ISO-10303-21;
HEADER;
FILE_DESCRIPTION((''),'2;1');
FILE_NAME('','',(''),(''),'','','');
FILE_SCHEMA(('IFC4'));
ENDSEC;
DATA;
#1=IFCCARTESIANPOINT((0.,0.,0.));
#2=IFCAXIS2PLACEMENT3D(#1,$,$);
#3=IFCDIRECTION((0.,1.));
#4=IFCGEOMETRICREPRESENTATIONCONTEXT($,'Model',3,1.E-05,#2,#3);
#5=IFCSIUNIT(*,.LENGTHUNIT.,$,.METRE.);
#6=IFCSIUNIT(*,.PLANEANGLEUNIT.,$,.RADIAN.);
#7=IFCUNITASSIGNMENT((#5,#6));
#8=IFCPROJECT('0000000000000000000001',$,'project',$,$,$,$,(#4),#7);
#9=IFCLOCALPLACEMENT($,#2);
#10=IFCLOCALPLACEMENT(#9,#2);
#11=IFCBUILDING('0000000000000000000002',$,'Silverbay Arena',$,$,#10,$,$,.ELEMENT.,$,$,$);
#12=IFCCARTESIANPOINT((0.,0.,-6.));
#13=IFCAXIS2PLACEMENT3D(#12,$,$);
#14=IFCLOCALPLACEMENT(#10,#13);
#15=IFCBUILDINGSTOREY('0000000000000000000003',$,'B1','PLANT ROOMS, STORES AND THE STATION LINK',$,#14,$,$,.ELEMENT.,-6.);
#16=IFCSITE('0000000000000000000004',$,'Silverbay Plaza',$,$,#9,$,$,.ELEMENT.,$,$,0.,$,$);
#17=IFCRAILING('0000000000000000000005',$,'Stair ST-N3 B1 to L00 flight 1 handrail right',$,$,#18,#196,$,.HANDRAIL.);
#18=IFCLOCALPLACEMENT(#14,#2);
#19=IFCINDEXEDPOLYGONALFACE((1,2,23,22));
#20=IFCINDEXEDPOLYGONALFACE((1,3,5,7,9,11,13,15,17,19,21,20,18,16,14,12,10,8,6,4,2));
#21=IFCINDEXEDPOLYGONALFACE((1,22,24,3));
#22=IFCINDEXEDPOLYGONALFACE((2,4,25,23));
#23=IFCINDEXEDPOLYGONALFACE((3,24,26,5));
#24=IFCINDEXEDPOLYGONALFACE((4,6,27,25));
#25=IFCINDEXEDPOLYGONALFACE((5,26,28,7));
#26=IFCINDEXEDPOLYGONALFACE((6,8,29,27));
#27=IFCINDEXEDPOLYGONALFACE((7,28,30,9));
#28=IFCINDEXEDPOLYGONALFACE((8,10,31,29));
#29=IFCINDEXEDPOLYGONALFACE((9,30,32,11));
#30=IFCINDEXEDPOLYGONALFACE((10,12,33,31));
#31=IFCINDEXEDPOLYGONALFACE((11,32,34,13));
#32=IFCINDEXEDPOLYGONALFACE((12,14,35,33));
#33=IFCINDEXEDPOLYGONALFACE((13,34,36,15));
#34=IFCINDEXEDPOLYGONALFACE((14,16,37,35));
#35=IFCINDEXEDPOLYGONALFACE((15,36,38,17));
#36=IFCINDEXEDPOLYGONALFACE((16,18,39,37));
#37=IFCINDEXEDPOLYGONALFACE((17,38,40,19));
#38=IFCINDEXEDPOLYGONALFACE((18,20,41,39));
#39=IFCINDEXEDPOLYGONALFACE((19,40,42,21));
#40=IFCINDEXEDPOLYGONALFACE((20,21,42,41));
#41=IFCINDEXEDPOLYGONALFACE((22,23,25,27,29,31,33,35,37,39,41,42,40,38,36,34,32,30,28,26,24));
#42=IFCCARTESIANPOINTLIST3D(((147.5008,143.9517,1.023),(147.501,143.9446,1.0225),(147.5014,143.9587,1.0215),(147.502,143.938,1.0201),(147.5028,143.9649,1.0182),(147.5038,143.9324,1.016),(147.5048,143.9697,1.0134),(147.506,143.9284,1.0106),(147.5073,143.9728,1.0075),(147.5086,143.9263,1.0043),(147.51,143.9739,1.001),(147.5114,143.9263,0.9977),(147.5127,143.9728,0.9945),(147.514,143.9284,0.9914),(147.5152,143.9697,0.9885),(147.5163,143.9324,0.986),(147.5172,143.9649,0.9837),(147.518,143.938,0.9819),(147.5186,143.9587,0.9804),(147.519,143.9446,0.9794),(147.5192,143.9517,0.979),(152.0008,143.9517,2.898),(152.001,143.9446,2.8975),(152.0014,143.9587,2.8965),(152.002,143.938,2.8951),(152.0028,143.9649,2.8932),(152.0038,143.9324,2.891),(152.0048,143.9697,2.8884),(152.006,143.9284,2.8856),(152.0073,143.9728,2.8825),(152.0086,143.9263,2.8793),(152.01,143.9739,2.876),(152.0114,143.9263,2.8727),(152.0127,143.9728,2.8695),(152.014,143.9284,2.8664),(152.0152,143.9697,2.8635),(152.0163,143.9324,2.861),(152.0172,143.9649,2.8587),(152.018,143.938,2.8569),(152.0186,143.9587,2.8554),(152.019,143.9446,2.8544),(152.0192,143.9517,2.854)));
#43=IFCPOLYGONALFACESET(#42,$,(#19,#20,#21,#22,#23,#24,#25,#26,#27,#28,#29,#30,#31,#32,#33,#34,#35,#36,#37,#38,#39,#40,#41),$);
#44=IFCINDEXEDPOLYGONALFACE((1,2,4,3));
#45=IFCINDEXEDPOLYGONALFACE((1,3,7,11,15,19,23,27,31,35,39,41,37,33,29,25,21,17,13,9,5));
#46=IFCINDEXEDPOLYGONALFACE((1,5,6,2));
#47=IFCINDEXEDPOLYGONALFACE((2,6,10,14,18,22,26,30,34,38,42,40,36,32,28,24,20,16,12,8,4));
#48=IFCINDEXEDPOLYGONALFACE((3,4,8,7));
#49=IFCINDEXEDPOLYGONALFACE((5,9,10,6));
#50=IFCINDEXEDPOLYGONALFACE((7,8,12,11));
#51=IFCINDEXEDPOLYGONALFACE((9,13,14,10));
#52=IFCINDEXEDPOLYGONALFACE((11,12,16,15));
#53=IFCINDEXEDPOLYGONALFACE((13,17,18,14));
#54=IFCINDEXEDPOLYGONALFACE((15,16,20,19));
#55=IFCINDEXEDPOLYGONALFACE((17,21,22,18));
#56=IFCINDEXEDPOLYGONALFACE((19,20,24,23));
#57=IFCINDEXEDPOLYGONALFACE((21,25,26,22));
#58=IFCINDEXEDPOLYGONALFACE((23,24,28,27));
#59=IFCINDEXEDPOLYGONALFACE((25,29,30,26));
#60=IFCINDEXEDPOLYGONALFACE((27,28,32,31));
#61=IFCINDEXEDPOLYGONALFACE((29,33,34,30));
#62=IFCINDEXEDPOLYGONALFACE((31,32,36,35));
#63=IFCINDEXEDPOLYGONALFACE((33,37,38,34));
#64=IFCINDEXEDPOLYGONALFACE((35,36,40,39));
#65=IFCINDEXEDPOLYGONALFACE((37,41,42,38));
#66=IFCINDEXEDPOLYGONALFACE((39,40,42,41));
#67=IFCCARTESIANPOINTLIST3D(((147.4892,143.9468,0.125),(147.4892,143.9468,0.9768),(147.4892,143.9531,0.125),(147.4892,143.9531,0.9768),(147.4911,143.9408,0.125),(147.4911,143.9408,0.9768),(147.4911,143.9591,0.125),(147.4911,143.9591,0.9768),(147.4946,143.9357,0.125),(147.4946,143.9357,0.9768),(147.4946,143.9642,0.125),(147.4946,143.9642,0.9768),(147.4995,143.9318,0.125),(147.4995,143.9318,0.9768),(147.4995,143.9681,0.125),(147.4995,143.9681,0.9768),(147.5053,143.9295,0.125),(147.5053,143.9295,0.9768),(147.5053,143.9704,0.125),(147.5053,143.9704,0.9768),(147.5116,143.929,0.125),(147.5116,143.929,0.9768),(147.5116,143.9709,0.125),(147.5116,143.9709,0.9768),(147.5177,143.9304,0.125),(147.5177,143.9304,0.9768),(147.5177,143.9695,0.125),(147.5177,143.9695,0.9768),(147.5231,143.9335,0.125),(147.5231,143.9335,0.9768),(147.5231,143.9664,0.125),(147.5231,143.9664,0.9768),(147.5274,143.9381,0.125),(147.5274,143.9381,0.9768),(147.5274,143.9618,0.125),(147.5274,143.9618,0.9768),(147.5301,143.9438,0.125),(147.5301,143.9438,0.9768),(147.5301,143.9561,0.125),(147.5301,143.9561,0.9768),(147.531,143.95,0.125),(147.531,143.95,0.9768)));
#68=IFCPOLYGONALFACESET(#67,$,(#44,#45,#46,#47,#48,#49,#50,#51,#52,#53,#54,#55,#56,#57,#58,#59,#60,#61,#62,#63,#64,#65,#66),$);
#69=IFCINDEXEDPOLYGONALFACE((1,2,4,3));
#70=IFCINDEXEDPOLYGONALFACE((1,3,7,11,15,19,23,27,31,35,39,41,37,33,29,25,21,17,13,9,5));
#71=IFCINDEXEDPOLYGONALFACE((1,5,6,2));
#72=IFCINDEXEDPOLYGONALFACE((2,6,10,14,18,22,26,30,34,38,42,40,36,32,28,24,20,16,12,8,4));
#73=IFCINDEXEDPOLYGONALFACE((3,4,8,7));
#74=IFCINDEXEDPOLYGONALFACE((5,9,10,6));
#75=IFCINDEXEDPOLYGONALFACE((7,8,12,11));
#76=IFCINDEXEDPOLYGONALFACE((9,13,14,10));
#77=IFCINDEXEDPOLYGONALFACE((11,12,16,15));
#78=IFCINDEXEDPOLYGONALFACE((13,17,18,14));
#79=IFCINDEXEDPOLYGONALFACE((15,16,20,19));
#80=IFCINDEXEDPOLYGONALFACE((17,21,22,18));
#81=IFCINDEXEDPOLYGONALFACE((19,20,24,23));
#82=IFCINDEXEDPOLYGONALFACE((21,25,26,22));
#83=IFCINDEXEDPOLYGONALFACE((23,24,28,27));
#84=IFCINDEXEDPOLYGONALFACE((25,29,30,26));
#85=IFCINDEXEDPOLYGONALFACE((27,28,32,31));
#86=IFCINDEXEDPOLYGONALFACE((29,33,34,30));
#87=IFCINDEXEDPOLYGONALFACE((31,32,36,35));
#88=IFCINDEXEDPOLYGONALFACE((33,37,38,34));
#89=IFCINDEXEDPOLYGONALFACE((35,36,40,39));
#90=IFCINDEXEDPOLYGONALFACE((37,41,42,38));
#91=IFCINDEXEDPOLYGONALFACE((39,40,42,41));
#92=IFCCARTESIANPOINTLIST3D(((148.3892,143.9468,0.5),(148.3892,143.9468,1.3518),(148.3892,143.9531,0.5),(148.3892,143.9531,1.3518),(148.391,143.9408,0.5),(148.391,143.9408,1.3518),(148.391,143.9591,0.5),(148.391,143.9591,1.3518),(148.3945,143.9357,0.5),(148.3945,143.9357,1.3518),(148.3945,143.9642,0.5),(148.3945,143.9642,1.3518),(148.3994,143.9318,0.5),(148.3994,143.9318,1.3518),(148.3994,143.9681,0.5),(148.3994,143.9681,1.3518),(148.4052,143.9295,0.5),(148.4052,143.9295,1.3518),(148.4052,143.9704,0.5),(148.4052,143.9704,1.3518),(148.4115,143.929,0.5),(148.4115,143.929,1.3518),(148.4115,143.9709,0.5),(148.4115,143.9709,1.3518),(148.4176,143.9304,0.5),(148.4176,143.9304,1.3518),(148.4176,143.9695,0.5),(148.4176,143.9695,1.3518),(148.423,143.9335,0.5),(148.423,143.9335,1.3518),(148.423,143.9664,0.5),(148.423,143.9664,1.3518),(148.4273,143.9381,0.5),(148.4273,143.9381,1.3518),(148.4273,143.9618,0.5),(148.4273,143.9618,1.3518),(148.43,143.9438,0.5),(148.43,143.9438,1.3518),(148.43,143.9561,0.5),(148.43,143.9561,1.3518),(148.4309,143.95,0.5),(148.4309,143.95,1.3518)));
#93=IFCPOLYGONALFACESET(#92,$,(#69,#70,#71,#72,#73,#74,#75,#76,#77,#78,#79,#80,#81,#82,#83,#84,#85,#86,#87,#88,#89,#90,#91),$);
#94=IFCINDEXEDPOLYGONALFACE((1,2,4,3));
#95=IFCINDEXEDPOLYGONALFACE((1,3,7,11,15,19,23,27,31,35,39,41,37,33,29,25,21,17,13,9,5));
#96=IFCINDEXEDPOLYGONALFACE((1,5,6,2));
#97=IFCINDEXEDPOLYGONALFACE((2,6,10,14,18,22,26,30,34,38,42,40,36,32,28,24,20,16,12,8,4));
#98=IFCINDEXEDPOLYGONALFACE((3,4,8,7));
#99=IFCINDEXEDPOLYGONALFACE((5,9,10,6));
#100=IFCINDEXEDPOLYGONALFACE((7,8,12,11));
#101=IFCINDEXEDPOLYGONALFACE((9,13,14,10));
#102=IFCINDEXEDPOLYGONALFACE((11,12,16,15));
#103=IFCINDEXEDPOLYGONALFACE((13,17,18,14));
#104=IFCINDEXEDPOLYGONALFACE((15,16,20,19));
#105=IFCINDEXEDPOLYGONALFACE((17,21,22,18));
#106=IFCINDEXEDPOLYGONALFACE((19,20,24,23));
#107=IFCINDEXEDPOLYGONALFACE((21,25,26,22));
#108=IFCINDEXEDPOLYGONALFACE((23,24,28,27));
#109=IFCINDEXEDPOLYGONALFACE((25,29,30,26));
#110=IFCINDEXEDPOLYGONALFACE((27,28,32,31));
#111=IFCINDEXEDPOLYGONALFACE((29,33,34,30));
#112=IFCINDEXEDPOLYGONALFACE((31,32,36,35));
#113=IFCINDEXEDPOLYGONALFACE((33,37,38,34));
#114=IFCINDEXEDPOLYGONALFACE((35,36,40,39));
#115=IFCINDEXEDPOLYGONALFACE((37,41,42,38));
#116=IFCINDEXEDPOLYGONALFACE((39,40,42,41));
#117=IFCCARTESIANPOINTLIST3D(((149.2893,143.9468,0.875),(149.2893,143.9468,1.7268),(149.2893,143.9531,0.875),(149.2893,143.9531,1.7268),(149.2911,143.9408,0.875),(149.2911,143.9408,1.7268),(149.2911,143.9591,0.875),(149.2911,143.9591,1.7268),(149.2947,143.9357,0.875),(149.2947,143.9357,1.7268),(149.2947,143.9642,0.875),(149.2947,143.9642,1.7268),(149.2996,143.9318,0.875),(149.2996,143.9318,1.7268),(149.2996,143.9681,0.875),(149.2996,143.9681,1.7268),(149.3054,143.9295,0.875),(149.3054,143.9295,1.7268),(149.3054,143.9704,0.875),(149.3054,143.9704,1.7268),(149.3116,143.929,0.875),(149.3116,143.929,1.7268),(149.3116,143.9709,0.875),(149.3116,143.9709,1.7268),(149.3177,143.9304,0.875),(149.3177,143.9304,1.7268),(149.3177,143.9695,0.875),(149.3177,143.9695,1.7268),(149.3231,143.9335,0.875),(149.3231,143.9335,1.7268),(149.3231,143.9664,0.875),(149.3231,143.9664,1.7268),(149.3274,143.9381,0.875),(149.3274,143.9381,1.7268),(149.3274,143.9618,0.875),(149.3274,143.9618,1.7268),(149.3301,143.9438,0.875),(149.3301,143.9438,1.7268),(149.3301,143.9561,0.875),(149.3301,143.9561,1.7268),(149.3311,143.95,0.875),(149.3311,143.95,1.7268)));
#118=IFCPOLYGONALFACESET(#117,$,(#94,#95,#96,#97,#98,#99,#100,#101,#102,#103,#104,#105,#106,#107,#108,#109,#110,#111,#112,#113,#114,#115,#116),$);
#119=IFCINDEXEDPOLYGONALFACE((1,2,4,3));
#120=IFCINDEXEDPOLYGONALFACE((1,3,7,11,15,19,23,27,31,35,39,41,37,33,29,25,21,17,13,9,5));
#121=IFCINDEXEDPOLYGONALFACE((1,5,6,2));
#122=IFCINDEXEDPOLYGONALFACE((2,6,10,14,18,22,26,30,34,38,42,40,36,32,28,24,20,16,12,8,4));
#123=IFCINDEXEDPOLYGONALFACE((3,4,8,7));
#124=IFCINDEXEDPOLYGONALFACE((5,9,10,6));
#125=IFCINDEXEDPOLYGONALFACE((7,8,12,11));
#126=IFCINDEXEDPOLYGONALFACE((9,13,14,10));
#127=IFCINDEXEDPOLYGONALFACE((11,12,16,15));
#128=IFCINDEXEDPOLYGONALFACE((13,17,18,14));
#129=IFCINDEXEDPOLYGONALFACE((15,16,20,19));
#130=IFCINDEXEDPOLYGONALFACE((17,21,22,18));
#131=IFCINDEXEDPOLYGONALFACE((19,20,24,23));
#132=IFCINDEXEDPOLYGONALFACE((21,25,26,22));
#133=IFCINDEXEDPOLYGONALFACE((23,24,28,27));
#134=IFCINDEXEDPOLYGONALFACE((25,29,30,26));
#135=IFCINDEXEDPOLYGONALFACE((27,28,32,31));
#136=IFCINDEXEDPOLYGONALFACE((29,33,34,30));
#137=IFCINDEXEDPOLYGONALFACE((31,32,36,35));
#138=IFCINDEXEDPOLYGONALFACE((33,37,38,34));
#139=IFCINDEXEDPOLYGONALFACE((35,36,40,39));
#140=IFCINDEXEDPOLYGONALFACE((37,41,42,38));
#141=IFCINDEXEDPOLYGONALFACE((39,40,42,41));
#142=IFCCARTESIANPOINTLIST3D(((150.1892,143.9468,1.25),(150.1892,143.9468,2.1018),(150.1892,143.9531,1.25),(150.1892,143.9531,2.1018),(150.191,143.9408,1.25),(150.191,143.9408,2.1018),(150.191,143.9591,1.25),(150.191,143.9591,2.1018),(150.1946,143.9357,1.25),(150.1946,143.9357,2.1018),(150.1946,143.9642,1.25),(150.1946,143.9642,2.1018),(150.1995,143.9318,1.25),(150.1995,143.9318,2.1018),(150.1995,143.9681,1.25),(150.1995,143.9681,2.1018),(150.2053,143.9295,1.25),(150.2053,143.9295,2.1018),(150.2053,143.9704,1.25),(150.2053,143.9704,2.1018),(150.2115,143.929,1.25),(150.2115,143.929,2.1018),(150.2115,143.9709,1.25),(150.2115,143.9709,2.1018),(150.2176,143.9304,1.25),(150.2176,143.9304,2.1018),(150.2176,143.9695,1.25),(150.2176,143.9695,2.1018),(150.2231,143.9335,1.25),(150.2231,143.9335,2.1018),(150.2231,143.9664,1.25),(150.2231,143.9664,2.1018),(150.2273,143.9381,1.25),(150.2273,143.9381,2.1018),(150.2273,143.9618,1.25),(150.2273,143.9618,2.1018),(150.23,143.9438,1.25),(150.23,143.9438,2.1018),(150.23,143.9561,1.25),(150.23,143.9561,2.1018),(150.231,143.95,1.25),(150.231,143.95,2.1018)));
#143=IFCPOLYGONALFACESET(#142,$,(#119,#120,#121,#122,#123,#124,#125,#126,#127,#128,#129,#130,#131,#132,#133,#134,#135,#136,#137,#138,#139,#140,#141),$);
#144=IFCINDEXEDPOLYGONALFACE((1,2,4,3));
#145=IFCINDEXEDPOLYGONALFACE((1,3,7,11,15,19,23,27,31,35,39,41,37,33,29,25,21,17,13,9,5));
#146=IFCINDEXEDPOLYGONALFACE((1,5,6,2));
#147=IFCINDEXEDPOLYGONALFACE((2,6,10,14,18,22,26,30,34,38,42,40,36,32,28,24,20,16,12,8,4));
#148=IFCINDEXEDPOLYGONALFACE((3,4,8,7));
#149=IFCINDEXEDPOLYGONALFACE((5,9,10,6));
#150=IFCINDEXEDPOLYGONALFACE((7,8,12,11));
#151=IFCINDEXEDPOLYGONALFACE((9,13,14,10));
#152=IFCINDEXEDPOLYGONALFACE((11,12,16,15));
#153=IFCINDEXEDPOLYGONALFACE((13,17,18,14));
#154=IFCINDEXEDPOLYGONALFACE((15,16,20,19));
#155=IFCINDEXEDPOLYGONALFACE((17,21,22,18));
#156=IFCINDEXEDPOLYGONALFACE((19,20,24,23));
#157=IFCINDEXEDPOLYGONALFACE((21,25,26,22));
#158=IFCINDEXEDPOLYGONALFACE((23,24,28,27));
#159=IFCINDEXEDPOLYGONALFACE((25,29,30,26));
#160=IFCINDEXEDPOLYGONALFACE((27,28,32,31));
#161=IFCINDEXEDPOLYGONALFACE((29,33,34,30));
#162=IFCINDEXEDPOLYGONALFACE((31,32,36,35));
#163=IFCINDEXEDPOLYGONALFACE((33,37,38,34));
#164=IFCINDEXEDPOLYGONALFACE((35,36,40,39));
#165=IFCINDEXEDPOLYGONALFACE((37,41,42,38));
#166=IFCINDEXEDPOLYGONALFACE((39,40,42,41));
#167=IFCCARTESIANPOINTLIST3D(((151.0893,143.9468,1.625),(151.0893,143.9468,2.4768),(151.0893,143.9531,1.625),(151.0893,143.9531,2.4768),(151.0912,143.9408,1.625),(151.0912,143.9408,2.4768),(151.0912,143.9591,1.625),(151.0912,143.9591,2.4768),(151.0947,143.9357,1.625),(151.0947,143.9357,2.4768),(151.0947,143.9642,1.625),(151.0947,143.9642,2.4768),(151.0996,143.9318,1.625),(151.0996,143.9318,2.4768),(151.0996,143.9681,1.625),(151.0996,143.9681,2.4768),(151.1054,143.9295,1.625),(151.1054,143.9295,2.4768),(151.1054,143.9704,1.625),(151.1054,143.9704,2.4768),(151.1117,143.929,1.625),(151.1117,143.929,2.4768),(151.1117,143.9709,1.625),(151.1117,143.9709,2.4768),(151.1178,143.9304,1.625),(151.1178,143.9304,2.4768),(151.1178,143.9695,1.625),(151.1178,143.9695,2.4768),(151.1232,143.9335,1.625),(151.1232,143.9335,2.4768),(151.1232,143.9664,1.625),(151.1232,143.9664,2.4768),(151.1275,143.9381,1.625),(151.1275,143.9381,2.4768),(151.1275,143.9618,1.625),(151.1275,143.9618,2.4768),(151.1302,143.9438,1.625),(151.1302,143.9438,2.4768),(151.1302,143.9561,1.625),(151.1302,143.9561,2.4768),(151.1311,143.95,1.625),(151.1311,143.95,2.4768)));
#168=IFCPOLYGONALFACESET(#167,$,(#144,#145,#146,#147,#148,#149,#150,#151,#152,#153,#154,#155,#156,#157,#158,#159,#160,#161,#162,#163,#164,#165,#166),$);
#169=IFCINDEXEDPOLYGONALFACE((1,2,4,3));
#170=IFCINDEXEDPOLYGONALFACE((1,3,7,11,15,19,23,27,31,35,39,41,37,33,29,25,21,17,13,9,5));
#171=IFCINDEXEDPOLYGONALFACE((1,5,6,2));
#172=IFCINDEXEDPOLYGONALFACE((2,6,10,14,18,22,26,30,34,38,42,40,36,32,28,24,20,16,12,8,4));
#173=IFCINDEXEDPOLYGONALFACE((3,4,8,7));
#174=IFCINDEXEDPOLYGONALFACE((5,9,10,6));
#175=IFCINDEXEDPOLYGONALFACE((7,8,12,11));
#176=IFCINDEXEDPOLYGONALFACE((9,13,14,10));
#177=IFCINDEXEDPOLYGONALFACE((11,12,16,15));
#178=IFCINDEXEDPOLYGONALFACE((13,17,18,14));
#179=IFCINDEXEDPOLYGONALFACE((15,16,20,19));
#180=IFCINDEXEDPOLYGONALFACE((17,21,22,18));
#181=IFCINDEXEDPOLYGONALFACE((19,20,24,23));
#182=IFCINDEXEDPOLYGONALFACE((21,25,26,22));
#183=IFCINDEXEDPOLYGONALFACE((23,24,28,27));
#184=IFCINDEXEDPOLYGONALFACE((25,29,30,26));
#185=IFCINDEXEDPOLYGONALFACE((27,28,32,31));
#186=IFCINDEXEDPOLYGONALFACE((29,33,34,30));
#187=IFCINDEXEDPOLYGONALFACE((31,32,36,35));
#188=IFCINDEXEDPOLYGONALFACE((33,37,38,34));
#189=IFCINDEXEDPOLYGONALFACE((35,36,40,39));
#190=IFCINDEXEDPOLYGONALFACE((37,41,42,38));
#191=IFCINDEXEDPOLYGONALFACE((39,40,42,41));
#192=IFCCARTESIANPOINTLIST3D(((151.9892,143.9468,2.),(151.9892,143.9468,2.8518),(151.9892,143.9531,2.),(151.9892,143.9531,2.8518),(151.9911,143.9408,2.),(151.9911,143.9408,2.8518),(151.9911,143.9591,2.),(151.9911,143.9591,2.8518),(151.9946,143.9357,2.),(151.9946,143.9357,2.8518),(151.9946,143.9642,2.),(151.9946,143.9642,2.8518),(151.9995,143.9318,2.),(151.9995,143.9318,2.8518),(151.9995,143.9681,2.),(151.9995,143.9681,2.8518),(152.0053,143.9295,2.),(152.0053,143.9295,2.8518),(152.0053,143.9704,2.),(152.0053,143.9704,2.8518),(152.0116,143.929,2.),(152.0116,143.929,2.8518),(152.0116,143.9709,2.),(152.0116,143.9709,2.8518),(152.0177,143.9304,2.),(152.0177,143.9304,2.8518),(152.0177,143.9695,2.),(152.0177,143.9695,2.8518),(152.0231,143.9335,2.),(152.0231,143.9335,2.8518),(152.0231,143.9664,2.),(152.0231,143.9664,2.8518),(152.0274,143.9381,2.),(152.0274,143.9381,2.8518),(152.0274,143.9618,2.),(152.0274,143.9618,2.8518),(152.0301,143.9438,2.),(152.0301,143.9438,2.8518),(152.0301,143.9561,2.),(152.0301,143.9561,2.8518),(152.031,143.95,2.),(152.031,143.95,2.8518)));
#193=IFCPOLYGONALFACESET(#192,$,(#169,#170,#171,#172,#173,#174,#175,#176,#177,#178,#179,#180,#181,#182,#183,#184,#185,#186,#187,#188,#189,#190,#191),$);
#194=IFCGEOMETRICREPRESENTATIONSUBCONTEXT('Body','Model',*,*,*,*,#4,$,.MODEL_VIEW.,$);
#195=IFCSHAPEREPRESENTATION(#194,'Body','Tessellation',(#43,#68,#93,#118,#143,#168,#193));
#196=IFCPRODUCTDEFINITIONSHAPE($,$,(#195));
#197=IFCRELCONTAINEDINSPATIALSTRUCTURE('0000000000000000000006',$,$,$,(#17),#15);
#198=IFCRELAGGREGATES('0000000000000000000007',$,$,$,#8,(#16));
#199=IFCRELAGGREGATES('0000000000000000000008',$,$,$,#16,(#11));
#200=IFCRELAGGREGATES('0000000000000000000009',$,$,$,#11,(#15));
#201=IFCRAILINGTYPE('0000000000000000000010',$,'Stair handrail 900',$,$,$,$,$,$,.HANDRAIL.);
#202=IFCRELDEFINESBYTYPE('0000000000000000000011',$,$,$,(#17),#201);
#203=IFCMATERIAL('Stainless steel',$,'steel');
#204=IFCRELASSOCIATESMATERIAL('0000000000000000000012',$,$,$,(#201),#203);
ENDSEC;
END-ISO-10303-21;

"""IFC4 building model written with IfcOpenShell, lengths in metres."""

from ifc_helpers import new_model, si_unit, direction, frame, origin, origin_2d, place, context, subcontext, project, spatial, circle, extrude, material, type_object, element, save


model = new_model("IFC4")

# Units and contexts
model_context = context("Model", 3, precision=1e-05, world=origin(), true_north=direction((0.0, 1.0)))
body_context = subcontext(model_context, "Body", "Model", "MODEL_VIEW")
ifc_project = project(units=[si_unit("LENGTHUNIT", "METRE"), si_unit("PLANEANGLEUNIT", "RADIAN")], contexts=[model_context])

# Site, building, storey
site_placement = place(None, origin())
site = spatial("IfcSite", under=ifc_project, at=site_placement, Name="Silverbay Plaza", CompositionType="ELEMENT", RefElevation=0.0)
building_placement = place(site_placement, origin())
building = spatial("IfcBuilding", under=site, at=building_placement, Name="Silverbay Arena", CompositionType="ELEMENT")
storey_placement = place(building_placement, frame((0.0, 0.0, -6.0)))
storey = spatial("IfcBuildingStorey", under=building, at=storey_placement, Name="B1", Description="PLANT ROOMS, STORES AND THE STATION LINK", CompositionType="ELEMENT", Elevation=-6.0)

# Railing
ifc_material_1 = material(Name="Stainless steel", Category="steel")
railing_type_1 = type_object("IfcRailingType", Name="Stair handrail 900", PredefinedType="HANDRAIL", material=ifc_material_1)
for number, where, name in (
    (1, (147.51, 143.95, 0.125), "Stair ST-N3 B1 to L00 flight 1 handrail right"),
):
    element("IfcRailing", number, at=place(storey_placement, frame(where)), inside=storey, type_object=railing_type_1, Name=name, PredefinedType="HANDRAIL", context=body_context, shape_type="SweptSolid", body=[
        extrude(circle(Radius=0.0239, at=origin_2d()), frame((0.0, 0.0, 0.876), z_axis=(0.923077, 0.0, 0.384615), x_axis=(0.0, 1.0, 0.0)), (0.0, 0.0, 1.0), 4.875),
        extrude(circle(Radius=0.021, at=origin_2d()), origin(), (0.0, 0.0, 1.0), 0.8518),
        extrude(circle(Radius=0.021, at=origin_2d()), frame((0.8999, 0.0, 0.375)), (0.0, 0.0, 1.0), 0.8518),
        extrude(circle(Radius=0.021, at=origin_2d()), frame((1.8, 0.0, 0.75)), (0.0, 0.0, 1.0), 0.8518),
        extrude(circle(Radius=0.021, at=origin_2d()), frame((2.7, 0.0, 1.125)), (0.0, 0.0, 1.0), 0.8518),
        extrude(circle(Radius=0.021, at=origin_2d()), frame((3.6001, 0.0, 1.5)), (0.0, 0.0, 1.0), 0.8518),
        extrude(circle(Radius=0.021, at=origin_2d()), frame((4.5, 0.0, 1.875)), (0.0, 0.0, 1.0), 0.8518),
    ])

save(model, "model.ifc")
